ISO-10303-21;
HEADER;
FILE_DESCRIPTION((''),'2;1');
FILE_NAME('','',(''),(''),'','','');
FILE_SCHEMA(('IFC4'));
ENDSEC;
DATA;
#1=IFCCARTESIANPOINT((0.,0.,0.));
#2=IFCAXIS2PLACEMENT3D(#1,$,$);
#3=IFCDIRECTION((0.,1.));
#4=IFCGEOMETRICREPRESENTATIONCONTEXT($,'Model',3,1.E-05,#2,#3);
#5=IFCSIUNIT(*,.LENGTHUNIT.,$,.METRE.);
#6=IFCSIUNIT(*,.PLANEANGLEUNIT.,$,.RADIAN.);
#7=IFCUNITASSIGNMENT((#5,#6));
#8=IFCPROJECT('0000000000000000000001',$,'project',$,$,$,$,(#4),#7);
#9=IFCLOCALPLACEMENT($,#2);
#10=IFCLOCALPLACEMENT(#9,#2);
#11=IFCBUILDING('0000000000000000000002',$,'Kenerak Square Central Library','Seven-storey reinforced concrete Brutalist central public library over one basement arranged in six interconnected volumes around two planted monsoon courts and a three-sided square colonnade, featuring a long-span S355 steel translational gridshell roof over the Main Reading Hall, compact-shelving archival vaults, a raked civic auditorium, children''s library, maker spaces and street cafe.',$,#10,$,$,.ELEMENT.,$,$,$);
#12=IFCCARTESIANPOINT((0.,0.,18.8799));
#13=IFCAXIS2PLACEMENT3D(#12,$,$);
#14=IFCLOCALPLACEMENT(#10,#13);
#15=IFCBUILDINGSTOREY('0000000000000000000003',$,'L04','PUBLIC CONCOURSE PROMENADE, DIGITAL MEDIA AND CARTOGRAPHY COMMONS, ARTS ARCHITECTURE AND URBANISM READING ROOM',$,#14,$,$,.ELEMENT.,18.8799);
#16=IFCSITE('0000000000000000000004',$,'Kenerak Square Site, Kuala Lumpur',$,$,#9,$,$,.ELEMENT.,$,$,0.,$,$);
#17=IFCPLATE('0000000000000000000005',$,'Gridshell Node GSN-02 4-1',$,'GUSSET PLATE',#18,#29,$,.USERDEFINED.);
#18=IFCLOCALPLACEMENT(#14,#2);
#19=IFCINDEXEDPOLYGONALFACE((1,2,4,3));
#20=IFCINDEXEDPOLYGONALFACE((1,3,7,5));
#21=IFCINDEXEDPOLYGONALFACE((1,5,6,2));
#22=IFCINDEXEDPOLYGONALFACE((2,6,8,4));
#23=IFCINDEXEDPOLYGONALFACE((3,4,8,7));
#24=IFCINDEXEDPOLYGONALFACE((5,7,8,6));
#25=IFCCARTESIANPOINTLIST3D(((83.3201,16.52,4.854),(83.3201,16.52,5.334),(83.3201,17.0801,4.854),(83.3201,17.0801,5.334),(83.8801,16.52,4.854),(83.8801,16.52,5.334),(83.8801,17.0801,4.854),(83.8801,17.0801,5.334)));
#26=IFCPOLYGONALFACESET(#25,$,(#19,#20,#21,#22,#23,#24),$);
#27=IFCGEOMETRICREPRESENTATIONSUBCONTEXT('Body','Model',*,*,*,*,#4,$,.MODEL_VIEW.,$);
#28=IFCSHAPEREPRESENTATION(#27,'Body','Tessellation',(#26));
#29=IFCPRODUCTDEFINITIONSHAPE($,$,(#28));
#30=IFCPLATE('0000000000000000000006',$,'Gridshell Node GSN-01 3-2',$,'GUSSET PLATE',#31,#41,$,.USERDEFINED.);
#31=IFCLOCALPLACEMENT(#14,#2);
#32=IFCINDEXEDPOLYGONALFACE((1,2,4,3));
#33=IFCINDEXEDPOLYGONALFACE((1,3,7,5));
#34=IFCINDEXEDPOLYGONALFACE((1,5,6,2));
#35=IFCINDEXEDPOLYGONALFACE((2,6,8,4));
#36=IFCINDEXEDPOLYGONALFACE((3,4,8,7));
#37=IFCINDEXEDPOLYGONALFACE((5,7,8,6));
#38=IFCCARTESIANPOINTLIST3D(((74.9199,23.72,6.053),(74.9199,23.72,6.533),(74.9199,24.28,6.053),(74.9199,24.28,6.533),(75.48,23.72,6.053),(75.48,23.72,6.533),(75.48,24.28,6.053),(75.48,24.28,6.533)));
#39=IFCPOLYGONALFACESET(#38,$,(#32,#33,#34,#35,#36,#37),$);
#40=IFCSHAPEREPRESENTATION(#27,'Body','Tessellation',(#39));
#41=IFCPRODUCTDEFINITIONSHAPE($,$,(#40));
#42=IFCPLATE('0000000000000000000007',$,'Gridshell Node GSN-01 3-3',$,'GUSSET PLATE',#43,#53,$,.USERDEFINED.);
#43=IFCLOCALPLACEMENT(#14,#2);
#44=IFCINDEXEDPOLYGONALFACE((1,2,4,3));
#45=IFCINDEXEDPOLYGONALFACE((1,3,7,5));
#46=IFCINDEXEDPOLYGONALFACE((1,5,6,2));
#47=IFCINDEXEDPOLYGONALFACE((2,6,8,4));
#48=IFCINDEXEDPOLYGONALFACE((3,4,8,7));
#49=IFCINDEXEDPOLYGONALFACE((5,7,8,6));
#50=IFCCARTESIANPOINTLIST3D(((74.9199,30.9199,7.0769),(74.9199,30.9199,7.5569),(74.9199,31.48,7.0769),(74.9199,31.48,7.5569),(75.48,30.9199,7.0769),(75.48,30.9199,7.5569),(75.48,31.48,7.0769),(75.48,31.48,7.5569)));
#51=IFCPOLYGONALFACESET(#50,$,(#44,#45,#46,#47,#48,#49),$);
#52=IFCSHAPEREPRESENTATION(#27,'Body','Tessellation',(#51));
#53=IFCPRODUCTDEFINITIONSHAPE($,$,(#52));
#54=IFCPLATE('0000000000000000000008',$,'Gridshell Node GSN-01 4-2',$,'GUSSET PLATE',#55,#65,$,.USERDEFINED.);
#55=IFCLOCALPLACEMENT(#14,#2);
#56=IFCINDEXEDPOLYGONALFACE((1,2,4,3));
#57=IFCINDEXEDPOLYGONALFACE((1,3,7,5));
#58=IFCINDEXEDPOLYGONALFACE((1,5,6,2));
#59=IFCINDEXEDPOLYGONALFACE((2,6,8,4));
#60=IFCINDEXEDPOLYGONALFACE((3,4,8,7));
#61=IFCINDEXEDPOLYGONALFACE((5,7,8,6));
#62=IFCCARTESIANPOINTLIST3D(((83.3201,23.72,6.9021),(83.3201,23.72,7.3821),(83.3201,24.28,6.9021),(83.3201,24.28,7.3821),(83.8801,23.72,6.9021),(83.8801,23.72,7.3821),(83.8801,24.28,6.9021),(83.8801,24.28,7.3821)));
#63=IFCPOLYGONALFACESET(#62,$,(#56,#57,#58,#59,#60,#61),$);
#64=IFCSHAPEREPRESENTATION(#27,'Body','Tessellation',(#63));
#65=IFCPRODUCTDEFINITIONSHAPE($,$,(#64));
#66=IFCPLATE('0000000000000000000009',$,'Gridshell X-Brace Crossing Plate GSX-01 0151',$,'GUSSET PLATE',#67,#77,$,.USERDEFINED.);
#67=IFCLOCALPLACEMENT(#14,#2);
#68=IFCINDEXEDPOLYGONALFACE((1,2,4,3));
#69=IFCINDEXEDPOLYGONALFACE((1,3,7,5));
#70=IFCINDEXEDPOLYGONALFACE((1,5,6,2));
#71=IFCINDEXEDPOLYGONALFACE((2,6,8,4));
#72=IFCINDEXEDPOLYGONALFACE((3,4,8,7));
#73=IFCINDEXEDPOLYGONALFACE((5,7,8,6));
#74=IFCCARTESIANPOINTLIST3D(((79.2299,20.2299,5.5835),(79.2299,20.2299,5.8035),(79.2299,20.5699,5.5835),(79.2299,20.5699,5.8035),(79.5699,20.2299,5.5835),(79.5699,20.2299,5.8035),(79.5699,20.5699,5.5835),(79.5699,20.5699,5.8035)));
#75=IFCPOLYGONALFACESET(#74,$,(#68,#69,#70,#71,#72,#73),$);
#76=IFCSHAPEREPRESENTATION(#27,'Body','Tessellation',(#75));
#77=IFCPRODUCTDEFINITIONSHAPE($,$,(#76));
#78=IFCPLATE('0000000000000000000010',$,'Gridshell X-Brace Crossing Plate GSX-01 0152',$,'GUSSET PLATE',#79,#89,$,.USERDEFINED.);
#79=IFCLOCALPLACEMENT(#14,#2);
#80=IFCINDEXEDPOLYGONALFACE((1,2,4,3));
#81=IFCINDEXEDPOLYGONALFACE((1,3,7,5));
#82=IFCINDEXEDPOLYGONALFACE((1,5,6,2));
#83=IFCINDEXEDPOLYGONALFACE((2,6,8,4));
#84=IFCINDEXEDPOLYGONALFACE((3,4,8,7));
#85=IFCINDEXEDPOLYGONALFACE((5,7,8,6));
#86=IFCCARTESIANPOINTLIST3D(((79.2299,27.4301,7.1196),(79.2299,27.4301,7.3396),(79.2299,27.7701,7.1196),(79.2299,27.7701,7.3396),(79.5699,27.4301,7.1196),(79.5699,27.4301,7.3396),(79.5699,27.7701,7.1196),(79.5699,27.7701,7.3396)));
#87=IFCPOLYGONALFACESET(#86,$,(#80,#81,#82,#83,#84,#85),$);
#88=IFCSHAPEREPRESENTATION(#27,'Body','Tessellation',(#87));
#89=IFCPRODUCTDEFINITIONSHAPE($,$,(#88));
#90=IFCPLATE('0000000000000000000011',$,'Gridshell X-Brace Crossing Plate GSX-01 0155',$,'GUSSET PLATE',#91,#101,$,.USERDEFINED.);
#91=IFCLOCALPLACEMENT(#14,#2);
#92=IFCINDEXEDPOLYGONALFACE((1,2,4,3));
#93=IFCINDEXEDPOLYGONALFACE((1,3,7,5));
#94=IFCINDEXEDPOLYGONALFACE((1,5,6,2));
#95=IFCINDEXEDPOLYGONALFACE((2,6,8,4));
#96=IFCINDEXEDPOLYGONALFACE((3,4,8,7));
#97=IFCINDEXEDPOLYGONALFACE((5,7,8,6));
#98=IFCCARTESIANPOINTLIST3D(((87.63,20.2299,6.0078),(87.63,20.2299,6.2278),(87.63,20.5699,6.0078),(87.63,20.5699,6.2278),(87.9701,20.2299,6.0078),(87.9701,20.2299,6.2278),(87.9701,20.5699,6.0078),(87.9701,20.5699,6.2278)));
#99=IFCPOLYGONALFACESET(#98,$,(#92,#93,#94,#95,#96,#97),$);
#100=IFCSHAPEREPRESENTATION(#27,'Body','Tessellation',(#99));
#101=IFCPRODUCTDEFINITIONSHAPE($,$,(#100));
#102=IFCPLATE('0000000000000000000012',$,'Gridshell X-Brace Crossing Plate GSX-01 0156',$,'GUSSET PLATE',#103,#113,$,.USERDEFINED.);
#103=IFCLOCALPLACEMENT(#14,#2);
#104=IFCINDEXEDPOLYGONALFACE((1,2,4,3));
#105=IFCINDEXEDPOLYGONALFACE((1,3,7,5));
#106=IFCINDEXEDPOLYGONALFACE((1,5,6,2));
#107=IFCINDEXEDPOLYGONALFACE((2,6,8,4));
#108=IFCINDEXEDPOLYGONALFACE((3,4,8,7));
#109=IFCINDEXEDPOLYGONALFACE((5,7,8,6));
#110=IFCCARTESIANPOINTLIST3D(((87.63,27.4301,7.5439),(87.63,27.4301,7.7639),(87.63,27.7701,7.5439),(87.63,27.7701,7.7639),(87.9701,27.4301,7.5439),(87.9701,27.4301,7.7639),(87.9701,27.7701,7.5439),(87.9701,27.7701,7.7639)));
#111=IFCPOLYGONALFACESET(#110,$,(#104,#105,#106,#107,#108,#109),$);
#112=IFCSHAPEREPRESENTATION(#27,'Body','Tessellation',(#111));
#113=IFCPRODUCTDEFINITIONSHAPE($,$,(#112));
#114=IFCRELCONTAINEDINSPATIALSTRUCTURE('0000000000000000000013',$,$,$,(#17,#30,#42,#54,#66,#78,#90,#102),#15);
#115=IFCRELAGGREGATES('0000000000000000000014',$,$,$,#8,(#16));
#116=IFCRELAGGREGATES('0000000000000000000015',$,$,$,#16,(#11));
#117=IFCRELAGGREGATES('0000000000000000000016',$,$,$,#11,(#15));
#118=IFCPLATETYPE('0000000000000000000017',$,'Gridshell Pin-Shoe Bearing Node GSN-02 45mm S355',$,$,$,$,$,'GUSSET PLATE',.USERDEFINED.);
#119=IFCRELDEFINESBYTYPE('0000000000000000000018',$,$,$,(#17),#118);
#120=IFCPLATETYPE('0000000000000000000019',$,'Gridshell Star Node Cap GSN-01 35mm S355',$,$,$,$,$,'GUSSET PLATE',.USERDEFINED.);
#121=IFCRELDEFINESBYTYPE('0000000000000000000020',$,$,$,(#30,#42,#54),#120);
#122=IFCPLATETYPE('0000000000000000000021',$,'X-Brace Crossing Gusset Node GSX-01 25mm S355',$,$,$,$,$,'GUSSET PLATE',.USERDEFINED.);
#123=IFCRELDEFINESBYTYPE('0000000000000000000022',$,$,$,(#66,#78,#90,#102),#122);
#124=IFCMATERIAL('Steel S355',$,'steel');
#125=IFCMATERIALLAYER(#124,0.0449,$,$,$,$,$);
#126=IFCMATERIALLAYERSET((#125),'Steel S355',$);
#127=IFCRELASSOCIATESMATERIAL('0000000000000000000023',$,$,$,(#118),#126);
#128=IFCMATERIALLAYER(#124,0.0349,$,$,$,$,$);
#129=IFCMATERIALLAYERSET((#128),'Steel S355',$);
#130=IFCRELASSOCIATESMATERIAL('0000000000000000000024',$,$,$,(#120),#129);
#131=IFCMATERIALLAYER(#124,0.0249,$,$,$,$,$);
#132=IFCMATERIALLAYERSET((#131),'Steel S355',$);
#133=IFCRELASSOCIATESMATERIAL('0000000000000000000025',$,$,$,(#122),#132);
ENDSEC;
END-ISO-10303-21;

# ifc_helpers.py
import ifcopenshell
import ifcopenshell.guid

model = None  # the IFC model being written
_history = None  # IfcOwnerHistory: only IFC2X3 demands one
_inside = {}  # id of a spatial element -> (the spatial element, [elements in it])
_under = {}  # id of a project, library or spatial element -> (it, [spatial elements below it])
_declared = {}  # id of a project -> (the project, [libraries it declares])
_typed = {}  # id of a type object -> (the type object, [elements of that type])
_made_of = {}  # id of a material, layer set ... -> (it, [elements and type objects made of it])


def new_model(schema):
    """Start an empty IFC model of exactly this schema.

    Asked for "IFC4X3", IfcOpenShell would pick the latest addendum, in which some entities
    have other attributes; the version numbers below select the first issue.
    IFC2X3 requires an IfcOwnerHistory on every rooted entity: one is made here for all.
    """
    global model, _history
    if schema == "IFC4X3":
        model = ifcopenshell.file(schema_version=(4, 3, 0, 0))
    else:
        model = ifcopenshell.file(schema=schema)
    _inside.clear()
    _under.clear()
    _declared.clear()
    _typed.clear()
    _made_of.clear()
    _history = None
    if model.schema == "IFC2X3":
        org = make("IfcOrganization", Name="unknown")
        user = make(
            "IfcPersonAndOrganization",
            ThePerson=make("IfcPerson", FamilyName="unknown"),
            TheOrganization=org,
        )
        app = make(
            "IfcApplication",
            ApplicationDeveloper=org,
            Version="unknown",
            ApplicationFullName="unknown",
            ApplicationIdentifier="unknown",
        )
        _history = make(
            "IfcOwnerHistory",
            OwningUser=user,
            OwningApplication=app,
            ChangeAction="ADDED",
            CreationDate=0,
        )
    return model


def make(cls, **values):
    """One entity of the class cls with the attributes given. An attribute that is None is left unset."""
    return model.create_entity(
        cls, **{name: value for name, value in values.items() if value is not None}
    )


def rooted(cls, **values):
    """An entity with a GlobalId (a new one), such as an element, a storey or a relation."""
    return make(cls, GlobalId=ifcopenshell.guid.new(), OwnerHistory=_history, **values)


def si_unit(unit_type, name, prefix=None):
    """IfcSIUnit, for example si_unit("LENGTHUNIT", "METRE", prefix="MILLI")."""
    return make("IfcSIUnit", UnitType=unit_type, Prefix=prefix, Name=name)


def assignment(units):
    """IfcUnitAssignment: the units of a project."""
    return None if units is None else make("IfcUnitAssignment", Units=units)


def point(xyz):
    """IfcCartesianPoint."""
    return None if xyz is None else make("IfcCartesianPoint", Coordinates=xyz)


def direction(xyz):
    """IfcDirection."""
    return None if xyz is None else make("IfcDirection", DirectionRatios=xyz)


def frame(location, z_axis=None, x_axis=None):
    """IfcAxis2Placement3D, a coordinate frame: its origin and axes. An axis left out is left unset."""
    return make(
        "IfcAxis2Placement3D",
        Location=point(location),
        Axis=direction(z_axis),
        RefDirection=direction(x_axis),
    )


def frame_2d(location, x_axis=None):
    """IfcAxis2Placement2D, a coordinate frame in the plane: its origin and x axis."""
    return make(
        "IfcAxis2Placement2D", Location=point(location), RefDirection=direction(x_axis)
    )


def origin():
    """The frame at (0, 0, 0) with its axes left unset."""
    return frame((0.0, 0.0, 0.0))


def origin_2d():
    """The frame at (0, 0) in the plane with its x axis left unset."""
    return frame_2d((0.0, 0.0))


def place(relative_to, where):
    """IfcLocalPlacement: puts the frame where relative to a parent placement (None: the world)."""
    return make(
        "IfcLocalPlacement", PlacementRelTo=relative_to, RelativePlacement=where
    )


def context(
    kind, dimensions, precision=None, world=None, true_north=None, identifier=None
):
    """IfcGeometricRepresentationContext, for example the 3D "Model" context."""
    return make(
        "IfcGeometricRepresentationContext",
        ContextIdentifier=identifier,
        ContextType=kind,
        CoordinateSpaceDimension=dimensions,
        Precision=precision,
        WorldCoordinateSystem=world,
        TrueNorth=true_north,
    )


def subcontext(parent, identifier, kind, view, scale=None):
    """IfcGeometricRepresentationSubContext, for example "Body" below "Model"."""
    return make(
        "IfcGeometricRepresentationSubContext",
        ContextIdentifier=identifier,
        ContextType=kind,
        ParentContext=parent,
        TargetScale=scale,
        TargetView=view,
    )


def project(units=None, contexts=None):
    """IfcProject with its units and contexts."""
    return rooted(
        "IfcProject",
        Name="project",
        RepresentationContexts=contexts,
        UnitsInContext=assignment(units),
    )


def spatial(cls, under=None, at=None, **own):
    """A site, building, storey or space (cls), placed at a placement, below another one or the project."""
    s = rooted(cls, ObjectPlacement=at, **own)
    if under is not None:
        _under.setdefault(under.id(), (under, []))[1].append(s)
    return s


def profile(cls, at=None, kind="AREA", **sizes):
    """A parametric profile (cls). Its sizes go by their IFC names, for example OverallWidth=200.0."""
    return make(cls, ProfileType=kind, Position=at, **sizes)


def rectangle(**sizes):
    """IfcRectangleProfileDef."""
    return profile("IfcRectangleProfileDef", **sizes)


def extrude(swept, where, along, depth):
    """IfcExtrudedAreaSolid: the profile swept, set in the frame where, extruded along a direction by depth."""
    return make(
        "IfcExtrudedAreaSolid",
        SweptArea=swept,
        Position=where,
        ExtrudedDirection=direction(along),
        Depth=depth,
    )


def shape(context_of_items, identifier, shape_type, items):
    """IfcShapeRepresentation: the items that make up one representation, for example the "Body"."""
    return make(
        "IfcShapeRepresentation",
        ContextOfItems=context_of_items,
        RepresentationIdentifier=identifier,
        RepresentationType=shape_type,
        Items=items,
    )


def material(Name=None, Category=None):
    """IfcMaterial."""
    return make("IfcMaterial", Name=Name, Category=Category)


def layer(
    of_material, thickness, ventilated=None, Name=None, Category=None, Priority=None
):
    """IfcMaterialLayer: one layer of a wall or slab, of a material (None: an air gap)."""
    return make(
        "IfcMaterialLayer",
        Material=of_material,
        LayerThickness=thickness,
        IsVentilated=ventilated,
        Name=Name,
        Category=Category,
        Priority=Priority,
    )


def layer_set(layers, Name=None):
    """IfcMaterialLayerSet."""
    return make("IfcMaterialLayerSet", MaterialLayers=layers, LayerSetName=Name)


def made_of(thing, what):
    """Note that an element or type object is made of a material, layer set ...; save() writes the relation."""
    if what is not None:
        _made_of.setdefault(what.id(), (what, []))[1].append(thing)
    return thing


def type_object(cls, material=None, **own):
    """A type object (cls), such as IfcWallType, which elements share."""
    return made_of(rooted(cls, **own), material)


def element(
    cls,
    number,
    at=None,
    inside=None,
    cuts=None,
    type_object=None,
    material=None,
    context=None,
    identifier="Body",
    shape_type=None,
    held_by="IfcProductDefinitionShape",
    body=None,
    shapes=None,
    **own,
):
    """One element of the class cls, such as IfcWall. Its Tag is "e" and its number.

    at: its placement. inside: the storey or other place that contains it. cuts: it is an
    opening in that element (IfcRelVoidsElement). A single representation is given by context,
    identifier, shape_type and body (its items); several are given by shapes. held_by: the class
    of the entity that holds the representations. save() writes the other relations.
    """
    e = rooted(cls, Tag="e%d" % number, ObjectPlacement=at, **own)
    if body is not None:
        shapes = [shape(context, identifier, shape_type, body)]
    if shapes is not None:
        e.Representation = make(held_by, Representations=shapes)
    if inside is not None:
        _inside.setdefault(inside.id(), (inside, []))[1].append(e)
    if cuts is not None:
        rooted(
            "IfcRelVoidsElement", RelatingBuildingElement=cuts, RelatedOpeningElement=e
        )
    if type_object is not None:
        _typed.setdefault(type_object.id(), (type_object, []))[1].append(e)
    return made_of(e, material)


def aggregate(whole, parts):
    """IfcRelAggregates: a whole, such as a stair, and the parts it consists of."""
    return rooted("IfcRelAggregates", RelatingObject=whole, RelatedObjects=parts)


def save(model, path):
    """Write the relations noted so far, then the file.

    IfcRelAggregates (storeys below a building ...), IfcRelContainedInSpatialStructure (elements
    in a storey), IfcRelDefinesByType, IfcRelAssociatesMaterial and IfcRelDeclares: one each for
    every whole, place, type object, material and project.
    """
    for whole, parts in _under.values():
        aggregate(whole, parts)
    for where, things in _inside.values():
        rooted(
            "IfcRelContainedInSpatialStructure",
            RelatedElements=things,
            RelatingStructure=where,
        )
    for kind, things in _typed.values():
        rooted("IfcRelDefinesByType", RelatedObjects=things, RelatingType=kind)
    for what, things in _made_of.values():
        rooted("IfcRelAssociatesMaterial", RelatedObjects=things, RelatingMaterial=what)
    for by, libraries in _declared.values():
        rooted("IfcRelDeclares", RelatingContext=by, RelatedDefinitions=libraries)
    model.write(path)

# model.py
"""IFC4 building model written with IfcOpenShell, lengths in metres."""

from ifc_helpers import new_model, si_unit, direction, frame, origin, origin_2d, place, context, subcontext, project, spatial, rectangle, extrude, material, layer, layer_set, type_object, element, save


model = new_model("IFC4")

# Units and contexts
model_context = context("Model", 3, precision=1e-05, world=origin(), true_north=direction((0.0, 1.0)))
body_context = subcontext(model_context, "Body", "Model", "MODEL_VIEW")
ifc_project = project(units=[si_unit("LENGTHUNIT", "METRE"), si_unit("PLANEANGLEUNIT", "RADIAN")], contexts=[model_context])

# Site, building, storey
site_placement = place(None, origin())
site = spatial("IfcSite", under=ifc_project, at=site_placement, Name="Kenerak Square Site, Kuala Lumpur", CompositionType="ELEMENT", RefElevation=0.0)
building_placement = place(site_placement, origin())
building = spatial("IfcBuilding", under=site, at=building_placement, Name="Kenerak Square Central Library", Description="Seven-storey reinforced concrete Brutalist central public library over one basement arranged in six interconnected volumes around two planted monsoon courts and a three-sided square colonnade, featuring a long-span S355 steel translational gridshell roof over the Main Reading Hall, compact-shelving archival vaults, a raked civic auditorium, children's library, maker spaces and street cafe.", CompositionType="ELEMENT")
storey_placement = place(building_placement, frame((0.0, 0.0, 18.8799)))
storey = spatial("IfcBuildingStorey", under=building, at=storey_placement, Name="L04", Description="PUBLIC CONCOURSE PROMENADE, DIGITAL MEDIA AND CARTOGRAPHY COMMONS, ARTS ARCHITECTURE AND URBANISM READING ROOM", CompositionType="ELEMENT", Elevation=18.8799)

# Shared definitions
ifc_material = material(Name="Steel S355", Category="steel")

# Plates
ifc_layer_1 = layer(ifc_material, 0.0449)
ifc_layer_set_1 = layer_set([ifc_layer_1], Name="Steel S355")
plate_type_1 = type_object("IfcPlateType", Name="Gridshell Pin-Shoe Bearing Node GSN-02 45mm S355", ElementType="GUSSET PLATE", PredefinedType="USERDEFINED", material=ifc_layer_set_1)
for number, where, z_axis, x_axis, name in (
    (1, (83.6001, 16.8, 4.854), (0.0, 0.0, 1.0), (1.0, 0.0, 0.0), "Gridshell Node GSN-02 4-1"),
):
    element("IfcPlate", number, at=place(storey_placement, frame(where, z_axis=z_axis, x_axis=x_axis)), inside=storey, type_object=plate_type_1, Name=name, ObjectType="GUSSET PLATE", PredefinedType="USERDEFINED", context=body_context, shape_type="SweptSolid", body=[
        extrude(rectangle(XDim=0.5601, YDim=0.5601, at=origin_2d()), origin(), (0.0, 0.0, 1.0), 0.48),
    ])
ifc_layer_2 = layer(ifc_material, 0.0349)
ifc_layer_set_2 = layer_set([ifc_layer_2], Name="Steel S355")
plate_type_2 = type_object("IfcPlateType", Name="Gridshell Star Node Cap GSN-01 35mm S355", ElementType="GUSSET PLATE", PredefinedType="USERDEFINED", material=ifc_layer_set_2)
for number, where, z_axis, x_axis, name in (
    (2, (75.2, 24.0, 6.053), (0.0, 0.0, 1.0), (1.0, 0.0, 0.0), "Gridshell Node GSN-01 3-2"),
    (3, (75.2, 31.2, 7.0769), (0.0, 0.0, 1.0), (1.0, 0.0, 0.0), "Gridshell Node GSN-01 3-3"),
    (4, (83.6001, 24.0, 6.9021), (0.0, 0.0, 1.0), (1.0, 0.0, 0.0), "Gridshell Node GSN-01 4-2"),
):
    element("IfcPlate", number, at=place(storey_placement, frame(where, z_axis=z_axis, x_axis=x_axis)), inside=storey, type_object=plate_type_2, Name=name, ObjectType="GUSSET PLATE", PredefinedType="USERDEFINED", context=body_context, shape_type="SweptSolid", body=[
        extrude(rectangle(XDim=0.5601, YDim=0.5601, at=origin_2d()), origin(), (0.0, 0.0, 1.0), 0.48),
    ])
ifc_layer_3 = layer(ifc_material, 0.0249)
ifc_layer_set_3 = layer_set([ifc_layer_3], Name="Steel S355")
plate_type_3 = type_object("IfcPlateType", Name="X-Brace Crossing Gusset Node GSX-01 25mm S355", ElementType="GUSSET PLATE", PredefinedType="USERDEFINED", material=ifc_layer_set_3)
for number, where, z_axis, x_axis, name in (
    (5, (79.3999, 20.3999, 5.5835), (0.0, 0.0, 1.0), (1.0, 0.0, 0.0), "Gridshell X-Brace Crossing Plate GSX-01 0151"),
    (6, (79.3999, 27.6001, 7.1196), (0.0, 0.0, 1.0), (1.0, 0.0, 0.0), "Gridshell X-Brace Crossing Plate GSX-01 0152"),
    (7, (87.8, 20.3999, 6.0078), (0.0, 0.0, 1.0), (1.0, 0.0, 0.0), "Gridshell X-Brace Crossing Plate GSX-01 0155"),
    (8, (87.8, 27.6001, 7.5439), (0.0, 0.0, 1.0), (1.0, 0.0, 0.0), "Gridshell X-Brace Crossing Plate GSX-01 0156"),
):
    element("IfcPlate", number, at=place(storey_placement, frame(where, z_axis=z_axis, x_axis=x_axis)), inside=storey, type_object=plate_type_3, Name=name, ObjectType="GUSSET PLATE", PredefinedType="USERDEFINED", context=body_context, shape_type="SweptSolid", body=[
        extrude(rectangle(XDim=0.3401, YDim=0.3401, at=origin_2d()), origin(), (0.0, 0.0, 1.0), 0.22),
    ])

save(model, "model.ifc")
